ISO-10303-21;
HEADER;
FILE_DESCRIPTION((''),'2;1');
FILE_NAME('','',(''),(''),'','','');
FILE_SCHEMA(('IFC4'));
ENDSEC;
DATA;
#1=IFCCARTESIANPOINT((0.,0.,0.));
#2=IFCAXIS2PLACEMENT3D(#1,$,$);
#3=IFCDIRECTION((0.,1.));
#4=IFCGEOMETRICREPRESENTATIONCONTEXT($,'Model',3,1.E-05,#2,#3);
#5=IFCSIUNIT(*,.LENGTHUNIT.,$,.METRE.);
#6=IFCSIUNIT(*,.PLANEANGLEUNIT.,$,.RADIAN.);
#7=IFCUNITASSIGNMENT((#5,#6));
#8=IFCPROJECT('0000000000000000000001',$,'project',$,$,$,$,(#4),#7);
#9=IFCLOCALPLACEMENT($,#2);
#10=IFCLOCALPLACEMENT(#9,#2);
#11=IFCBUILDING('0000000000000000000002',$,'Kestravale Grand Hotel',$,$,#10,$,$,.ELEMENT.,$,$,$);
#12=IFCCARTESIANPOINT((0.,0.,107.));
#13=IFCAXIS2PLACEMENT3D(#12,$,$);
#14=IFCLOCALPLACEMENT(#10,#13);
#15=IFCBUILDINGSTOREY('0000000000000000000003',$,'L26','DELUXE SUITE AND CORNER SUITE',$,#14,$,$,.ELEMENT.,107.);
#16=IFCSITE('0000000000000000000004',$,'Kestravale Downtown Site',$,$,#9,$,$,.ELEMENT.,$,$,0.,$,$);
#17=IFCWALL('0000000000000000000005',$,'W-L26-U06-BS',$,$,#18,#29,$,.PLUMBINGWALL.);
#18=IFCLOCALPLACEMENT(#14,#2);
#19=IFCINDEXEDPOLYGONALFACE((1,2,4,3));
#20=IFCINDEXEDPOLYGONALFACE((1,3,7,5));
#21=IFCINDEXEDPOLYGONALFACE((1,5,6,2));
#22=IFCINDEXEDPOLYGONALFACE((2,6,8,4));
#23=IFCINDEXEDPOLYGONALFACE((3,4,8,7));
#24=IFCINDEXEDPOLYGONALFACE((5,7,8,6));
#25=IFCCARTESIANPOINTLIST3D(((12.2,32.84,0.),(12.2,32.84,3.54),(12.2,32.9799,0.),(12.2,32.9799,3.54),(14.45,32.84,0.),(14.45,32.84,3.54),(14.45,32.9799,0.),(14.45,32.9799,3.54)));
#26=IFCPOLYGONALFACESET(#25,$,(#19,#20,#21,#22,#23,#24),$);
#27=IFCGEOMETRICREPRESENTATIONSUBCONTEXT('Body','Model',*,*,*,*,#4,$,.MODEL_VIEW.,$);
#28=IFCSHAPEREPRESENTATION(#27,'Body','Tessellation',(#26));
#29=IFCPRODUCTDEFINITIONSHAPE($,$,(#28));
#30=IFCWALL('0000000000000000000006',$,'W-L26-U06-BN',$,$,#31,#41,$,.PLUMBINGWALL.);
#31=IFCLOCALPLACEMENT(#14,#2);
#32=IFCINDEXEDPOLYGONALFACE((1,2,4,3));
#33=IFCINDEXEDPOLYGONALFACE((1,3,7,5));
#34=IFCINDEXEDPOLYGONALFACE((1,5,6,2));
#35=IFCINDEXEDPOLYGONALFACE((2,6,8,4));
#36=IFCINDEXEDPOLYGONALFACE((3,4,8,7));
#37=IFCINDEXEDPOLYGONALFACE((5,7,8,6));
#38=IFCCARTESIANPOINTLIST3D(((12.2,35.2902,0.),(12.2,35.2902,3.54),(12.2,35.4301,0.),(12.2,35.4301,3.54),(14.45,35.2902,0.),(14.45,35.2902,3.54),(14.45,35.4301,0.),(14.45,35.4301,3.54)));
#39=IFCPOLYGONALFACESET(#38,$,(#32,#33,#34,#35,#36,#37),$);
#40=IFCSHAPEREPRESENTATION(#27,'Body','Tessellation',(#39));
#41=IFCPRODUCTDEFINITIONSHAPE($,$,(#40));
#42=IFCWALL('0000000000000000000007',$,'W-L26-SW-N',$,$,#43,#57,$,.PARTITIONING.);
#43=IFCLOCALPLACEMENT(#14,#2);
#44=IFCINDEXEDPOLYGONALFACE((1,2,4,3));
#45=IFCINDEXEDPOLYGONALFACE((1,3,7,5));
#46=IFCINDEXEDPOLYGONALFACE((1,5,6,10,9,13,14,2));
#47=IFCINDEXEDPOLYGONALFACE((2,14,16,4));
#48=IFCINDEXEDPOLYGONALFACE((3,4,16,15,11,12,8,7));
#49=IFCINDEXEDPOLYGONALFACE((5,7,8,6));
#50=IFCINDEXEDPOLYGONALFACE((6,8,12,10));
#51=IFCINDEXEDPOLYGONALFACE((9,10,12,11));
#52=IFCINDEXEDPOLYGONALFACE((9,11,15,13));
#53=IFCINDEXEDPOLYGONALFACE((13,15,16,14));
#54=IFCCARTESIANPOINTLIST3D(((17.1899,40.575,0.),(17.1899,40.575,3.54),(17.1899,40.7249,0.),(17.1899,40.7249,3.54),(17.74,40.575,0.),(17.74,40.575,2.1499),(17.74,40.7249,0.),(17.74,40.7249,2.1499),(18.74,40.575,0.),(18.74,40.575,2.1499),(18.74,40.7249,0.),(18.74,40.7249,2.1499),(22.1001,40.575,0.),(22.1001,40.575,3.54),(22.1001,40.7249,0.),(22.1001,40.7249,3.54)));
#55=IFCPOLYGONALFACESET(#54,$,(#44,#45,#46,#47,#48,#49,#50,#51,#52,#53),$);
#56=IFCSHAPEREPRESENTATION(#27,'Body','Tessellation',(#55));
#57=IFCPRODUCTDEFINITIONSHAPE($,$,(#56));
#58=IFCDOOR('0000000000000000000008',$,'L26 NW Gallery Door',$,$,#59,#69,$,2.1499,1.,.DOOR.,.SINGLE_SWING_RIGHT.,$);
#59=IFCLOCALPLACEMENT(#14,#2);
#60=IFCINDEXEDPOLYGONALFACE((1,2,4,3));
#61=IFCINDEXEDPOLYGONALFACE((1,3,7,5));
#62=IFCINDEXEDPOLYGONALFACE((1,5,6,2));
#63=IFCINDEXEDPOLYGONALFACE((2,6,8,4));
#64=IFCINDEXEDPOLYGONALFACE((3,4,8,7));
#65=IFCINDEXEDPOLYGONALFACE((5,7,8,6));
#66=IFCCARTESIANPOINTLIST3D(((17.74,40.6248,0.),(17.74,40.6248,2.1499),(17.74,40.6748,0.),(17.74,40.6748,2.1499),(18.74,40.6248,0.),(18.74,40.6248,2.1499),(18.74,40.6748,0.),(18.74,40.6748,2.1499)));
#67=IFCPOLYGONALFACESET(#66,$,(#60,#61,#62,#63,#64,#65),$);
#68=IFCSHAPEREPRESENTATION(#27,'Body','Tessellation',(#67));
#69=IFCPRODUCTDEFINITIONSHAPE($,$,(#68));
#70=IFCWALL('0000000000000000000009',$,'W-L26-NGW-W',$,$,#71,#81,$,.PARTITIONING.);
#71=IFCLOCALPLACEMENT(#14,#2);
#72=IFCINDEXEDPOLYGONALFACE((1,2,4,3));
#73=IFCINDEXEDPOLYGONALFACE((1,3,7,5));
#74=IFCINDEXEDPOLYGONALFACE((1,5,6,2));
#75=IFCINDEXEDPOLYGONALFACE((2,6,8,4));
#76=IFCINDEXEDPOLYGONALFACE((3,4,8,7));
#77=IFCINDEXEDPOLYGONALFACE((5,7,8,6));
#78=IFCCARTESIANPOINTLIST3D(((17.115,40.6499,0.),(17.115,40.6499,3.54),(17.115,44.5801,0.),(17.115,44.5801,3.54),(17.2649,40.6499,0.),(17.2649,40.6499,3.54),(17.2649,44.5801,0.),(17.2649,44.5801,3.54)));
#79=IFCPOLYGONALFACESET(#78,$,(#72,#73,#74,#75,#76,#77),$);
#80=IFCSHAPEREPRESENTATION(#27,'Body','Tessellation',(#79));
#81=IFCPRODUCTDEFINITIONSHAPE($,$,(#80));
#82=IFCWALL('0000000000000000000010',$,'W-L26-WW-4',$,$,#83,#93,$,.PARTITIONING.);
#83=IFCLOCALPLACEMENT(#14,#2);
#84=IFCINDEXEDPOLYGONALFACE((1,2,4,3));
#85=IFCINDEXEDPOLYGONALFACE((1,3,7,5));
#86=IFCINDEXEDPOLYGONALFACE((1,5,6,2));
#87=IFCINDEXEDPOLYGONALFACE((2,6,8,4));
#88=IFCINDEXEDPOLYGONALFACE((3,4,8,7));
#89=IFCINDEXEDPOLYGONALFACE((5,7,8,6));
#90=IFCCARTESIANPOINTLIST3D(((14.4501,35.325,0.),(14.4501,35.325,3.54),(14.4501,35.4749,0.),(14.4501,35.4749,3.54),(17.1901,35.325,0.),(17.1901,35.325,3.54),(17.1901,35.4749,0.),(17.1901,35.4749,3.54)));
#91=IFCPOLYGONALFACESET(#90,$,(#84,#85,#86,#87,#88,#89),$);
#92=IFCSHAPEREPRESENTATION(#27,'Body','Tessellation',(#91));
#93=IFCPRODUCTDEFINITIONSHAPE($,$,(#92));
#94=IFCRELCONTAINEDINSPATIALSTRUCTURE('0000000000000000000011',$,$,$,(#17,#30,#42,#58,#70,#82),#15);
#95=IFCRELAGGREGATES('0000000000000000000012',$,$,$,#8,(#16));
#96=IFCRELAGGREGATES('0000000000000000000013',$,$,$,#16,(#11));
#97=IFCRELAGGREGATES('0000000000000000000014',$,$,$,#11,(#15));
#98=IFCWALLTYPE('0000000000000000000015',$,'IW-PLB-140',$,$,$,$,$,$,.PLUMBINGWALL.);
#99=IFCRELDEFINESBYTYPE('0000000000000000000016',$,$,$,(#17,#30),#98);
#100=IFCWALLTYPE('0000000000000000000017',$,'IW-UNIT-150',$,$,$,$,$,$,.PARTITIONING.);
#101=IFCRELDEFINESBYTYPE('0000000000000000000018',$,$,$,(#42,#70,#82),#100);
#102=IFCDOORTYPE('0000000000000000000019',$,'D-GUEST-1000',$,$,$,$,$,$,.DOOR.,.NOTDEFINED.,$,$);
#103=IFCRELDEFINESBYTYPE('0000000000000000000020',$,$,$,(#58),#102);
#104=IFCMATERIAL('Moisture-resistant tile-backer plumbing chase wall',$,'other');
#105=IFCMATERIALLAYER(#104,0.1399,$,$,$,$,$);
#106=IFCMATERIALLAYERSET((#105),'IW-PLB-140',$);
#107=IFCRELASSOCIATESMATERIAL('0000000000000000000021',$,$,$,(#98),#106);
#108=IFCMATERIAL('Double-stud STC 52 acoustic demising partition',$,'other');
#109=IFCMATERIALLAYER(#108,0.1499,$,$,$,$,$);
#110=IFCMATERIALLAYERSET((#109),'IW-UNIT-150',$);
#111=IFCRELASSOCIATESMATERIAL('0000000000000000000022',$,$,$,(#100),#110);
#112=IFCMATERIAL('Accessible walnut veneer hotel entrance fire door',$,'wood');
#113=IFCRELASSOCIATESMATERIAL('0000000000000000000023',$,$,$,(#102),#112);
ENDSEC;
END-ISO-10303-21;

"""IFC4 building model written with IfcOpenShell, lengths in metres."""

from ifc_helpers import new_model, si_unit, direction, frame, frame_2d, origin, place, context, subcontext, project, spatial, rectangle, extrude, material, layer, layer_set, type_object, element, fill, save


model = new_model("IFC4")

# Units and contexts
model_context = context("Model", 3, precision=1e-05, world=origin(), true_north=direction((0.0, 1.0)))
body_context = subcontext(model_context, "Body", "Model", "MODEL_VIEW")
ifc_project = project(units=[si_unit("LENGTHUNIT", "METRE"), si_unit("PLANEANGLEUNIT", "RADIAN")], contexts=[model_context])

# Site, building, storey
site_placement = place(None, origin())
site = spatial("IfcSite", under=ifc_project, at=site_placement, Name="Kestravale Downtown Site", CompositionType="ELEMENT", RefElevation=0.0)
building_placement = place(site_placement, origin())
building = spatial("IfcBuilding", under=site, at=building_placement, Name="Kestravale Grand Hotel", CompositionType="ELEMENT")
storey_placement = place(building_placement, frame((0.0, 0.0, 107.0)))
storey = spatial("IfcBuildingStorey", under=building, at=storey_placement, Name="L26", Description="DELUXE SUITE AND CORNER SUITE", CompositionType="ELEMENT", Elevation=107.0)

# Shared definitions
ifc_material_1 = material(Name="Moisture-resistant tile-backer plumbing chase wall", Category="other")
ifc_layer_1 = layer(ifc_material_1, 0.1399)
ifc_layer_set_1 = layer_set([ifc_layer_1], Name="IW-PLB-140")
wall_type_1 = type_object("IfcWallType", Name="IW-PLB-140", PredefinedType="PLUMBINGWALL", material=ifc_layer_set_1)

# Walls
for number, where, z_axis, x_axis, name in (
    (1, (12.2, 32.9099, 0.0), (0.0, 0.0, 1.0), (1.0, 0.0, 0.0), "W-L26-U06-BS"),
    (2, (12.2, 35.3601, 0.0), (0.0, 0.0, 1.0), (1.0, 0.0, 0.0), "W-L26-U06-BN"),
):
    element("IfcWall", number, at=place(storey_placement, frame(where, z_axis=z_axis, x_axis=x_axis)), inside=storey, type_object=wall_type_1, Name=name, PredefinedType="PLUMBINGWALL", context=body_context, shape_type="SweptSolid", body=[
        extrude(rectangle(XDim=2.25, YDim=0.1399, at=frame_2d((1.125, 0.0))), origin(), (0.0, 0.0, 1.0), 3.54),
    ])

# Wall, opening, door
ifc_material_2 = material(Name="Double-stud STC 52 acoustic demising partition", Category="other")
ifc_layer_2 = layer(ifc_material_2, 0.1499)
ifc_layer_set_2 = layer_set([ifc_layer_2], Name="IW-UNIT-150")
wall_type_2 = type_object("IfcWallType", Name="IW-UNIT-150", PredefinedType="PARTITIONING", material=ifc_layer_set_2)
wall_1_placement = place(storey_placement, frame((17.1899, 40.6499, 0.0), z_axis=(0.0, 0.0, 1.0), x_axis=(1.0, 0.0, 0.0)))
wall_1 = element("IfcWall", 3, at=wall_1_placement, inside=storey, type_object=wall_type_2, Name="W-L26-SW-N", PredefinedType="PARTITIONING", context=body_context, shape_type="SweptSolid", body=[
    extrude(rectangle(XDim=4.9102, YDim=0.1499, at=frame_2d((2.4551, 0.0))), origin(), (0.0, 0.0, 1.0), 3.54),
])
opening_1_placement = place(wall_1_placement, frame((0.55, 0.0, 0.0)))
opening_1 = element("IfcOpeningElement", 4, at=opening_1_placement, cuts=wall_1, PredefinedType="OPENING", context=body_context, shape_type="SweptSolid", body=[
    extrude(rectangle(XDim=1.0, YDim=2.1499, at=frame_2d((0.5, 1.075))), frame((0.0, 0.085, 0.0), z_axis=(0.0, -1.0, 0.0), x_axis=(1.0, 0.0, 0.0)), (0.0, 0.0, 1.0), 0.1699),
])
ifc_material_3 = material(Name="Accessible walnut veneer hotel entrance fire door", Category="wood")
door_type_1 = type_object("IfcDoorType", Name="D-GUEST-1000", OperationType="NOTDEFINED", PredefinedType="DOOR", material=ifc_material_3)
door_1_placement = place(opening_1_placement, origin())
door_1 = element("IfcDoor", 5, at=door_1_placement, inside=storey, type_object=door_type_1, Name="L26 NW Gallery Door", OperationType="SINGLE_SWING_RIGHT", OverallHeight=2.1499, OverallWidth=1.0, PredefinedType="DOOR", context=body_context, shape_type="SweptSolid", body=[
    extrude(rectangle(XDim=1.0, YDim=2.1499, at=frame_2d((0.5, 1.075))), frame((0.0, 0.0249, 0.0), z_axis=(0.0, -1.0, 0.0), x_axis=(1.0, 0.0, 0.0)), (0.0, 0.0, 1.0), 0.05),
])
fill(opening_1, door_1)

# Walls
wall_2_placement = place(storey_placement, frame((17.1899, 40.6499, 0.0), z_axis=(0.0, 0.0, 1.0), x_axis=(0.0, 1.0, 0.0)))
element("IfcWall", 6, at=wall_2_placement, inside=storey, type_object=wall_type_2, Name="W-L26-NGW-W", PredefinedType="PARTITIONING", context=body_context, shape_type="SweptSolid", body=[
    extrude(rectangle(XDim=3.9302, YDim=0.1499, at=frame_2d((1.9651, 0.0))), origin(), (0.0, 0.0, 1.0), 3.54),
])
wall_3_placement = place(storey_placement, frame((14.45, 35.3999, 0.0), z_axis=(0.0, 0.0, 1.0), x_axis=(1.0, 0.0, 0.0)))
element("IfcWall", 7, at=wall_3_placement, inside=storey, type_object=wall_type_2, Name="W-L26-WW-4", PredefinedType="PARTITIONING", context=body_context, shape_type="SweptSolid", body=[
    extrude(rectangle(XDim=2.74, YDim=0.1499, at=frame_2d((1.3701, 0.0))), origin(), (0.0, 0.0, 1.0), 3.54),
])

save(model, "model.ifc")
